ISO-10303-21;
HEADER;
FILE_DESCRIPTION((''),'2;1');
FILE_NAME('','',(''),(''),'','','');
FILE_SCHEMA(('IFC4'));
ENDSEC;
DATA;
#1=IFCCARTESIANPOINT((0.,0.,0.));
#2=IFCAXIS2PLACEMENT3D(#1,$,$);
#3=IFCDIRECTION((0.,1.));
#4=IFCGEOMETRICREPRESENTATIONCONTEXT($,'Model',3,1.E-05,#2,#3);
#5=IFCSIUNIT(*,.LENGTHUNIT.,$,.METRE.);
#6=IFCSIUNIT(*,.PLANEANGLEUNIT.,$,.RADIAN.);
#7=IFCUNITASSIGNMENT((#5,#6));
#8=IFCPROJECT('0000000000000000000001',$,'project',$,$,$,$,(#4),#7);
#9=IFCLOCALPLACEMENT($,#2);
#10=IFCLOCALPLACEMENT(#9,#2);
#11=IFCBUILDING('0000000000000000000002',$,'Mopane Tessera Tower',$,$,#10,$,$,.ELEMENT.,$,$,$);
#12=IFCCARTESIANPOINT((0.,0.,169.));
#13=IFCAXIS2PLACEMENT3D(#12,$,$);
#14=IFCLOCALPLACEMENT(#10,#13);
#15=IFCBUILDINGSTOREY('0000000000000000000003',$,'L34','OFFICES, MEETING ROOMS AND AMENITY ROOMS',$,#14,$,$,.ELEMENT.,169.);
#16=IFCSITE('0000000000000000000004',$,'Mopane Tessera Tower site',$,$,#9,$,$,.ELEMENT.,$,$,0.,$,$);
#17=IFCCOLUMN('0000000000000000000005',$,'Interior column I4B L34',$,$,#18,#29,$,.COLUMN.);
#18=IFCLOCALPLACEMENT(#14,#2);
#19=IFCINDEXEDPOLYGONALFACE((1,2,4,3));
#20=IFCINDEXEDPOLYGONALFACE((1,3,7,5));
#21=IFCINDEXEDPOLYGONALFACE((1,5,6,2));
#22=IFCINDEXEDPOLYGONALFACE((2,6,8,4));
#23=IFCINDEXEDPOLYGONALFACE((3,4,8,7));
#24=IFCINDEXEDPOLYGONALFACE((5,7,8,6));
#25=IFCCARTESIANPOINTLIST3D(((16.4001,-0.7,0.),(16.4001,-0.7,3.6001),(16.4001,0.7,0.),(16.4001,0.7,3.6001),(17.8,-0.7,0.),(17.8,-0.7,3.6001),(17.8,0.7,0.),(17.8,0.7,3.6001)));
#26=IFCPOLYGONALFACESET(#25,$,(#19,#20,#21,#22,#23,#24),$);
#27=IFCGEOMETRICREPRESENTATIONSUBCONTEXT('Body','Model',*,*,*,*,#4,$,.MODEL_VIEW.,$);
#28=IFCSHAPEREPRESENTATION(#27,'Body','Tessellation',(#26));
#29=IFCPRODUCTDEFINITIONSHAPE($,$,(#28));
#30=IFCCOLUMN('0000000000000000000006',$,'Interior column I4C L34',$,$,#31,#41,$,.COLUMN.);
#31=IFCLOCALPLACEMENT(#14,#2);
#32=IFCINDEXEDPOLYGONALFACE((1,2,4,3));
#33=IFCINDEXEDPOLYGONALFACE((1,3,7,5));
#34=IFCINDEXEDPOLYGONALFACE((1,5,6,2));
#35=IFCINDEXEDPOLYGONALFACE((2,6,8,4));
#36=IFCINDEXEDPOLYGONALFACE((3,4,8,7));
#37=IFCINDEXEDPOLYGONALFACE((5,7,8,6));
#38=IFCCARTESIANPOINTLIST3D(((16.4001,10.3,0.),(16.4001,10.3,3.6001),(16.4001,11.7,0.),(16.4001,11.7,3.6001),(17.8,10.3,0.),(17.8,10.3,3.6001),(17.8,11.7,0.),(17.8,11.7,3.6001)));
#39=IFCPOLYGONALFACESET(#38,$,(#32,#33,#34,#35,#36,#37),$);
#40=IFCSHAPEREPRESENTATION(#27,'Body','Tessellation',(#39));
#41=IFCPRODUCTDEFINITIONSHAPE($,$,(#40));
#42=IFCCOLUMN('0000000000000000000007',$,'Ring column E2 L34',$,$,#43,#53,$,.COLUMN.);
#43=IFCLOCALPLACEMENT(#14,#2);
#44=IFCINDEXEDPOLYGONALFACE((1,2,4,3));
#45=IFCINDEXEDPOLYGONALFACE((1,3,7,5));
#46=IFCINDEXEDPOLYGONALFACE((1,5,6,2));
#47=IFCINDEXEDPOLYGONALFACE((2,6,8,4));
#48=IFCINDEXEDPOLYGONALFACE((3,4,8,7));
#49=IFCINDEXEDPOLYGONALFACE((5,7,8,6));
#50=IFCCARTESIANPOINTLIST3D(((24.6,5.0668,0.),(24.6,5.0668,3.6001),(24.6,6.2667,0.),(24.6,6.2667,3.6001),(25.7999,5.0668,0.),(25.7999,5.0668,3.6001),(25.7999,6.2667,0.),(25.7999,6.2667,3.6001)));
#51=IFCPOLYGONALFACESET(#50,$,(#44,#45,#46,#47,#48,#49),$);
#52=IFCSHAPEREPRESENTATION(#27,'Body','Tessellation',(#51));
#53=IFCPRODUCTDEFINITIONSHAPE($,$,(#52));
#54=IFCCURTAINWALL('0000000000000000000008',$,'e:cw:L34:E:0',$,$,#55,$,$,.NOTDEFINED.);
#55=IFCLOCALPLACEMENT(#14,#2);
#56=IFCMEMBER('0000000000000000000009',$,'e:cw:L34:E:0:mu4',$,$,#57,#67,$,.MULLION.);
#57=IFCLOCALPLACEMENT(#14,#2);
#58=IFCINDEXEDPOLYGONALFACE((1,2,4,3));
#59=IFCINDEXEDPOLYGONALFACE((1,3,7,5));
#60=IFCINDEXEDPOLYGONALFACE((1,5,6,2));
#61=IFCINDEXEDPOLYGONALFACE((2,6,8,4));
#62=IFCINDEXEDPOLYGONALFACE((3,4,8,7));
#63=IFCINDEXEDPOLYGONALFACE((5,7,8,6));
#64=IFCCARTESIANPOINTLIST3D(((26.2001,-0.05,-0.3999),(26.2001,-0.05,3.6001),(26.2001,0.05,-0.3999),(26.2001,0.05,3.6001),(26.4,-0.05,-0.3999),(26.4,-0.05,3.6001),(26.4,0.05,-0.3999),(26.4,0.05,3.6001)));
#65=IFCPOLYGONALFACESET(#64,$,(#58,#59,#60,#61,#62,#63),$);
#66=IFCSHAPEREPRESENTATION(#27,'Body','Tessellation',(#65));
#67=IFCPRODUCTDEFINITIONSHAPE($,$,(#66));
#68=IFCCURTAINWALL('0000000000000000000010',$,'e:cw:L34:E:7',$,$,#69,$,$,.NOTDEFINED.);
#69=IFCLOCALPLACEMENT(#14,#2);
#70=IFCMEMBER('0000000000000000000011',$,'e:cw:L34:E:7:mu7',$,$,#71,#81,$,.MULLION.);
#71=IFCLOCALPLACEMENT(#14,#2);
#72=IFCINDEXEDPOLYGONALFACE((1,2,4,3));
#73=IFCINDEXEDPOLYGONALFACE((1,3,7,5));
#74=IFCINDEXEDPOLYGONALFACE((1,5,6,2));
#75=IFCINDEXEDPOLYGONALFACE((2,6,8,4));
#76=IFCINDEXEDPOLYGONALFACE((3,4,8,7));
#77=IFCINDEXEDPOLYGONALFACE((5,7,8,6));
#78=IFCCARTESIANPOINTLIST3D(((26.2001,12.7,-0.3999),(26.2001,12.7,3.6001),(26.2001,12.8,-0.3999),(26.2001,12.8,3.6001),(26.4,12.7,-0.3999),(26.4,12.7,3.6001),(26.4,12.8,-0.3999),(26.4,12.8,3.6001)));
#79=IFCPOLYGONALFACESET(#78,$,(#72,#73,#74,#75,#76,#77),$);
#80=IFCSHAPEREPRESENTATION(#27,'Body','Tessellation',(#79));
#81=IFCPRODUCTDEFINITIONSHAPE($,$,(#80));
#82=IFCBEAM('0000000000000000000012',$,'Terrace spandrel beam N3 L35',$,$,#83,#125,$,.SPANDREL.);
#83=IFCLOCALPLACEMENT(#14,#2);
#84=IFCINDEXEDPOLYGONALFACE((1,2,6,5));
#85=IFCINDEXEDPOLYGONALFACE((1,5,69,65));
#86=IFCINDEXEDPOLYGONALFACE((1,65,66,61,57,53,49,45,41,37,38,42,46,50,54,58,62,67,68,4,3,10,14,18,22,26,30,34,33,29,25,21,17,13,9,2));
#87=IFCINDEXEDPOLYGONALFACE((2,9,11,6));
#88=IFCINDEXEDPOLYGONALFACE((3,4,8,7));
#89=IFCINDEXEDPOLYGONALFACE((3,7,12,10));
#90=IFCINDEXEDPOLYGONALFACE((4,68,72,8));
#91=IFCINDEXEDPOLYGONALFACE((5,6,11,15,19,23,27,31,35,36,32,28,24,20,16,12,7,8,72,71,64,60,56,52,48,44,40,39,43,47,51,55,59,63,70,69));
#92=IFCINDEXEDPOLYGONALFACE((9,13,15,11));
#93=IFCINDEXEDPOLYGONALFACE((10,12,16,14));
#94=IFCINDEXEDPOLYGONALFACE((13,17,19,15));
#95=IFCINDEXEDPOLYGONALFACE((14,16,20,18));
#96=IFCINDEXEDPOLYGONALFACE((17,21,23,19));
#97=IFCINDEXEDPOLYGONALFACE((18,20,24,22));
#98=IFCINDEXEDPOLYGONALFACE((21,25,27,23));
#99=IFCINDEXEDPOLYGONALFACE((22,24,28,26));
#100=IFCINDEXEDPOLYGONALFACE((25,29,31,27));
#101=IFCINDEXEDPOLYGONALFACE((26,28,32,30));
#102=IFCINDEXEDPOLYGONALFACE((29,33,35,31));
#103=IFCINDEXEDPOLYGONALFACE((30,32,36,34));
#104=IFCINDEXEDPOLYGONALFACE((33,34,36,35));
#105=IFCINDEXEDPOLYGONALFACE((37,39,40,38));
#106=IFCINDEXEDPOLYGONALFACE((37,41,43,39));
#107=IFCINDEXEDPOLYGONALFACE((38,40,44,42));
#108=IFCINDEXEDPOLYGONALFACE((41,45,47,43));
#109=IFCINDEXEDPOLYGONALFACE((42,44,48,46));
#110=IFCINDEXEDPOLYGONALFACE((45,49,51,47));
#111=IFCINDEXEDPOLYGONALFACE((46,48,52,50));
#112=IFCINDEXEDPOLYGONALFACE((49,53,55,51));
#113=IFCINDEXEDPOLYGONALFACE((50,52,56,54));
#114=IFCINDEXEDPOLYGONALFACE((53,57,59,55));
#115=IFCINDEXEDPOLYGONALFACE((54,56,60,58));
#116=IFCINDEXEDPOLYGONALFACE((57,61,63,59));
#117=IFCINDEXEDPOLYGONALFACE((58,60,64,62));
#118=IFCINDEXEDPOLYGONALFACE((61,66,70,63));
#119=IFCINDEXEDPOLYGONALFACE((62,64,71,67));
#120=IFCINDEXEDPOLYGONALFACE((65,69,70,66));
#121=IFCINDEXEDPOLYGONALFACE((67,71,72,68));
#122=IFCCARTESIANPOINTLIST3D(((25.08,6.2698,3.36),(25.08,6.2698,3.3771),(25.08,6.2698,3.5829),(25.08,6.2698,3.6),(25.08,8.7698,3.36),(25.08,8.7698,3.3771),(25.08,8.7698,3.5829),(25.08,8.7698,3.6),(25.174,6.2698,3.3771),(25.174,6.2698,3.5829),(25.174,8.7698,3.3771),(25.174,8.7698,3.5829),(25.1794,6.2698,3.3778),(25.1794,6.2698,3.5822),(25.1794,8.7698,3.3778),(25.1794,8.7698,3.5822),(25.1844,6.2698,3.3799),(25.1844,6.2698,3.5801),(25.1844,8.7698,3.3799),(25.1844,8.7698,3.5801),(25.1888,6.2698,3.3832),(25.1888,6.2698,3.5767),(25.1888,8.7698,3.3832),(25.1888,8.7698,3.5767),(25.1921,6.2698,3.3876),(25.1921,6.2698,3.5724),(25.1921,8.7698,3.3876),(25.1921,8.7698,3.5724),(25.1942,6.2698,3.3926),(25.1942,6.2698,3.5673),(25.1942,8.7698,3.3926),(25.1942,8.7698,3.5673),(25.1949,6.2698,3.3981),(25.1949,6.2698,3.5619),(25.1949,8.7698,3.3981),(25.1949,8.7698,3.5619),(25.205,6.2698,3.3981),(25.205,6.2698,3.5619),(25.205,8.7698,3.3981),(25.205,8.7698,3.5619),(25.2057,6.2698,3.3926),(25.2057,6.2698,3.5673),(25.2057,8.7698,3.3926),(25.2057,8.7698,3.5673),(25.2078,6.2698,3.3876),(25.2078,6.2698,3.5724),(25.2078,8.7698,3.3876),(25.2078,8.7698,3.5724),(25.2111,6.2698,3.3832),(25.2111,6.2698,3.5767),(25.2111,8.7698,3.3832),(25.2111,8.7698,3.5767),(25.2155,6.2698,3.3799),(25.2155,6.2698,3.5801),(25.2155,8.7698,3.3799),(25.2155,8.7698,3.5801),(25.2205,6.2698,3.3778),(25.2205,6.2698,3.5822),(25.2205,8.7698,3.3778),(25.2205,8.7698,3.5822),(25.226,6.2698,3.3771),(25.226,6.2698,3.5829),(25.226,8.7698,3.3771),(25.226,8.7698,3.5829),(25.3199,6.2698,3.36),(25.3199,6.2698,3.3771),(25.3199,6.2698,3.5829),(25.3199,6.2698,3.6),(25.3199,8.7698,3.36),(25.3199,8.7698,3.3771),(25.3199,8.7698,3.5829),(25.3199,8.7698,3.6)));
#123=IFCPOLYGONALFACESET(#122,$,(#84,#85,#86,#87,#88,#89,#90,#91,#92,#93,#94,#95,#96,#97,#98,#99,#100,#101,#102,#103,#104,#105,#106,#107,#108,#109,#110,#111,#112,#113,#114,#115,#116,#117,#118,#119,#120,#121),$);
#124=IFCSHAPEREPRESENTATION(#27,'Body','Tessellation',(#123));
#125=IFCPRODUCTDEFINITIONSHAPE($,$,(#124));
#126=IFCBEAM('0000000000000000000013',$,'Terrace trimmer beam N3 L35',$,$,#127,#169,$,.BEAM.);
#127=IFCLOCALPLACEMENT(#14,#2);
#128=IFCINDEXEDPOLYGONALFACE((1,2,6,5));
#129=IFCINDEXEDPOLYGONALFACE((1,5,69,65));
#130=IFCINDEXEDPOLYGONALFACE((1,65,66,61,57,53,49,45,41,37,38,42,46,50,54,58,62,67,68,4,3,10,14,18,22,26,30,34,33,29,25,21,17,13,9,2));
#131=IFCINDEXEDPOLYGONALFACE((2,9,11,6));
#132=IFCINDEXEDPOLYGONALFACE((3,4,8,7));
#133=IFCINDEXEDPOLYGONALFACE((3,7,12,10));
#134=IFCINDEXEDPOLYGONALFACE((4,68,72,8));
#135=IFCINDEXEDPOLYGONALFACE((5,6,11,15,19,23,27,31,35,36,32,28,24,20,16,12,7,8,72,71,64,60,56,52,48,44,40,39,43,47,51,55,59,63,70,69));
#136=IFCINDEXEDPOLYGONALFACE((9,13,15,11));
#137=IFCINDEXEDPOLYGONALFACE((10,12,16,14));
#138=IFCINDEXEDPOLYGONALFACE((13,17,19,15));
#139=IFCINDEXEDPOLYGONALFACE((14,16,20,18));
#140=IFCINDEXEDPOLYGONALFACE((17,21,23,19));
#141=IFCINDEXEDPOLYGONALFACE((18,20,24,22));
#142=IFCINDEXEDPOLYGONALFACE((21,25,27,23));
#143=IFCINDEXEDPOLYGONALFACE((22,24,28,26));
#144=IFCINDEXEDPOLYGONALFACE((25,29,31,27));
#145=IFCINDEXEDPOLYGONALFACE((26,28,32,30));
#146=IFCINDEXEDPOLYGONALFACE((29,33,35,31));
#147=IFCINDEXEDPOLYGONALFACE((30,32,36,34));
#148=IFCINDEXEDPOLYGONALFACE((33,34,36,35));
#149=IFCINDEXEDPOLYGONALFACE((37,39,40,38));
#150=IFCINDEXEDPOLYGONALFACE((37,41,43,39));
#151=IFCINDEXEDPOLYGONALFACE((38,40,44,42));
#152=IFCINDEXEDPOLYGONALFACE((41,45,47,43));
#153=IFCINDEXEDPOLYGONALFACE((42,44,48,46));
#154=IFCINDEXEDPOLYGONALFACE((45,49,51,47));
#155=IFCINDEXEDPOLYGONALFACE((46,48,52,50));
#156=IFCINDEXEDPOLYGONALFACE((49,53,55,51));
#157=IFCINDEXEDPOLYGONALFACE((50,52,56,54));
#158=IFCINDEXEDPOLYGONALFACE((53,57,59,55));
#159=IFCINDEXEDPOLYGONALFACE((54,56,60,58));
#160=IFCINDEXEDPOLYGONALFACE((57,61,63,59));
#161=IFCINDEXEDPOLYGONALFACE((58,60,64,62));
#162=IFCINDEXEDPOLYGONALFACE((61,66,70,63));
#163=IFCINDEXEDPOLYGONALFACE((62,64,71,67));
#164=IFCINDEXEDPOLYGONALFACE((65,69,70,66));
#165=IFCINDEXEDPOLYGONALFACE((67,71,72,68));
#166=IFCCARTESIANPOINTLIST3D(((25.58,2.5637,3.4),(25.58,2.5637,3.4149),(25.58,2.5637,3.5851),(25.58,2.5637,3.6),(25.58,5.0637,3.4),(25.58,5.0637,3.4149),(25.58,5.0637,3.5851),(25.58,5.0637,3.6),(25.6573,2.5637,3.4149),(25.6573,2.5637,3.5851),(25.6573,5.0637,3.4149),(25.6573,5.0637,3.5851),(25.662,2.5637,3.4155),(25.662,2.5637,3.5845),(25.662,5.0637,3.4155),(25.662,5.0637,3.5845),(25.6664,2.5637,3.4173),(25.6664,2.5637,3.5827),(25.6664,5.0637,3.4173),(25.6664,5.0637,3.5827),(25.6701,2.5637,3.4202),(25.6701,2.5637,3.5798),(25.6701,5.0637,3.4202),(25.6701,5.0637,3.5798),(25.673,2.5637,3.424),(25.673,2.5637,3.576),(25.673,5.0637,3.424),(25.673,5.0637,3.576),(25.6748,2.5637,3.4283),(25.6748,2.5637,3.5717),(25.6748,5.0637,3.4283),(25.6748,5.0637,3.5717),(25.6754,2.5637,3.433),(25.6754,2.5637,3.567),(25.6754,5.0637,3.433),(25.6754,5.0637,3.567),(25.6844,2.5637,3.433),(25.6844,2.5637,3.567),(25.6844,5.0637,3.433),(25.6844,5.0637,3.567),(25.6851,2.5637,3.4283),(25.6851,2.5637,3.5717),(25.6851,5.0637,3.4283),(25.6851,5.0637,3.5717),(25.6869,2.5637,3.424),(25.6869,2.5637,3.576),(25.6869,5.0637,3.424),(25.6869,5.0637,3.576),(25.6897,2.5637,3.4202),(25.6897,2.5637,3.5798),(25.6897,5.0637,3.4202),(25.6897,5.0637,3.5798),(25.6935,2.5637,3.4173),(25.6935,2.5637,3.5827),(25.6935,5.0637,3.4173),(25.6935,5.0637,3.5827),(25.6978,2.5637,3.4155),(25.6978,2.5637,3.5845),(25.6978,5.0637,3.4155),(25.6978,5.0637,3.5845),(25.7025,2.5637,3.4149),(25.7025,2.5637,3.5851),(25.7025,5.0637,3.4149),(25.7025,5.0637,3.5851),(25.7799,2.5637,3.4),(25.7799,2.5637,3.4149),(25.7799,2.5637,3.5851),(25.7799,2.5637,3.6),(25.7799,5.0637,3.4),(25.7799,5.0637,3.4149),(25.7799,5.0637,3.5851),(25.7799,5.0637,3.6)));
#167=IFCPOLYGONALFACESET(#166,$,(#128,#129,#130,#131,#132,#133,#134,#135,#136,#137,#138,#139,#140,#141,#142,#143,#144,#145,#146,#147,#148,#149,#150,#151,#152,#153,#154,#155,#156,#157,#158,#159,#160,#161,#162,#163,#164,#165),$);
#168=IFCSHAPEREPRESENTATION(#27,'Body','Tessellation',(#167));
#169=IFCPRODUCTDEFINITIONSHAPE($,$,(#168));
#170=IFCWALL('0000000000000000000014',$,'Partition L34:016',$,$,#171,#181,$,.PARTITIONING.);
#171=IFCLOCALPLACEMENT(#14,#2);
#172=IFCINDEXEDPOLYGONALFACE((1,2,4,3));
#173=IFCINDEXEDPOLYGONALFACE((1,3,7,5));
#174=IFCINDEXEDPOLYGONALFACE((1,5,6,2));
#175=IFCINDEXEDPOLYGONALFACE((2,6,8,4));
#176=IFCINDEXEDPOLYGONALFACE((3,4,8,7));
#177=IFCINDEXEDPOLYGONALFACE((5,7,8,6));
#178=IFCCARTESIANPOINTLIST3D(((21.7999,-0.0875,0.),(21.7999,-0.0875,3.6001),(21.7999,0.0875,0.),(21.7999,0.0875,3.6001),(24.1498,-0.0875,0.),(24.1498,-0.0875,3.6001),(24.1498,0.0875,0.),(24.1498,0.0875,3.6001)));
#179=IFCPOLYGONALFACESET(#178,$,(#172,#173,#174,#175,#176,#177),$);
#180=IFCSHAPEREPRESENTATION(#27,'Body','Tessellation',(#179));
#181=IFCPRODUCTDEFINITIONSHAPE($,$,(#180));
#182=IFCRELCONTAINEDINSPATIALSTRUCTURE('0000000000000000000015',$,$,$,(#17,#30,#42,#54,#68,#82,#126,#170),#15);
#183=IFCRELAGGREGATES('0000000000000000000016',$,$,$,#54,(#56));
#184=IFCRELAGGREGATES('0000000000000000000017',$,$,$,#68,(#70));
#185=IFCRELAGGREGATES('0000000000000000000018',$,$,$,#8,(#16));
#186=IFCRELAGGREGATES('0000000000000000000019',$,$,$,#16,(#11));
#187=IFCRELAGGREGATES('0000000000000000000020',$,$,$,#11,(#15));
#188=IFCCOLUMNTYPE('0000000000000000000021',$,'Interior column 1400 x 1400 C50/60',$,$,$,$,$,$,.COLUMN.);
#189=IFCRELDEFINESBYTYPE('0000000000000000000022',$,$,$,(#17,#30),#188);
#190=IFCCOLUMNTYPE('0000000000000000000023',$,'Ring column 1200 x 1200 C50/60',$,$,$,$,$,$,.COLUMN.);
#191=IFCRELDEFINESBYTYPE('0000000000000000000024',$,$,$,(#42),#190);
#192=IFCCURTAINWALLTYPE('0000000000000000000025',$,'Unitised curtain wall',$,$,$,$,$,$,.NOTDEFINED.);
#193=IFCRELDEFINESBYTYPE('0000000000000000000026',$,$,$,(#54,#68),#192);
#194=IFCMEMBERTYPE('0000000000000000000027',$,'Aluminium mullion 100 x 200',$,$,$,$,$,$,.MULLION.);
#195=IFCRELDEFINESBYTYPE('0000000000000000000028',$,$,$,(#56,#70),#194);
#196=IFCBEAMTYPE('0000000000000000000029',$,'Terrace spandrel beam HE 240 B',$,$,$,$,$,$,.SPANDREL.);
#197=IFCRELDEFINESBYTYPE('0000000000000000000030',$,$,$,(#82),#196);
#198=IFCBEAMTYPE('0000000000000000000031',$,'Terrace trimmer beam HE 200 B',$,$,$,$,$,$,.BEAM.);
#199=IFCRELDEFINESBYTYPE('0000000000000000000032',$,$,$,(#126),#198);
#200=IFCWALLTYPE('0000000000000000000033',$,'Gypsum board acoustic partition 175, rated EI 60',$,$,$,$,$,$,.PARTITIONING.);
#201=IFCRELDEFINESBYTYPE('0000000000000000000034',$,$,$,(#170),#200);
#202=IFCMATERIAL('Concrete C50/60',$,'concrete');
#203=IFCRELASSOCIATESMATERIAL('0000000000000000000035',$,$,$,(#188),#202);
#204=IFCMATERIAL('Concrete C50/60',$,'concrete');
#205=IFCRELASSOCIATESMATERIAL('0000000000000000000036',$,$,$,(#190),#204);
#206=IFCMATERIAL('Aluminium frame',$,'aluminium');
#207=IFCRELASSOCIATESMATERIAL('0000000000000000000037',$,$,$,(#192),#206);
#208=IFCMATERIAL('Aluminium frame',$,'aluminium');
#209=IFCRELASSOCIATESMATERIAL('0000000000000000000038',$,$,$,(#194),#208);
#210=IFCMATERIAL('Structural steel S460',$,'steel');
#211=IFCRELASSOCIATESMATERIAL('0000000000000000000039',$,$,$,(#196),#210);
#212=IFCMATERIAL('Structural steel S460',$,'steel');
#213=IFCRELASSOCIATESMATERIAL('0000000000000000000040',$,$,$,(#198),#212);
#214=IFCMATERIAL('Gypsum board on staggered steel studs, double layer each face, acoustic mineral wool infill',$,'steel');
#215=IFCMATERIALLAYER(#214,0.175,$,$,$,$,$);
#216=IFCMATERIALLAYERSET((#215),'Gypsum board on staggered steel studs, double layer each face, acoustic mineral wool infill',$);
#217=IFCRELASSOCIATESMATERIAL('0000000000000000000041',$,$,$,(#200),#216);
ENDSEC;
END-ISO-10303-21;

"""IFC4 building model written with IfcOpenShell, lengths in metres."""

from ifc_helpers import new_model, si_unit, direction, frame, frame_2d, origin, origin_2d, place, context, subcontext, project, spatial, rectangle, i_section, extrude, material, layer, layer_set, material_profile, profile_set, type_object, element, aggregate, save


model = new_model("IFC4")

# Units and contexts
model_context = context("Model", 3, precision=1e-05, world=origin(), true_north=direction((0.0, 1.0)))
body_context = subcontext(model_context, "Body", "Model", "MODEL_VIEW")
ifc_project = project(units=[si_unit("LENGTHUNIT", "METRE"), si_unit("PLANEANGLEUNIT", "RADIAN")], contexts=[model_context])

# Site, building, storey
site_placement = place(None, origin())
site = spatial("IfcSite", under=ifc_project, at=site_placement, Name="Mopane Tessera Tower site", CompositionType="ELEMENT", RefElevation=0.0)
building_placement = place(site_placement, origin())
building = spatial("IfcBuilding", under=site, at=building_placement, Name="Mopane Tessera Tower", CompositionType="ELEMENT")
storey_placement = place(building_placement, frame((0.0, 0.0, 169.0)))
storey = spatial("IfcBuildingStorey", under=building, at=storey_placement, Name="L34", Description="OFFICES, MEETING ROOMS AND AMENITY ROOMS", CompositionType="ELEMENT", Elevation=169.0)

# Columns
ifc_material_1 = material(Name="Concrete C50/60", Category="concrete")
ifc_material_profile_1 = material_profile(ifc_material_1, rectangle(XDim=1.3999, YDim=1.3999, at=origin_2d()))
ifc_profile_set_1 = profile_set([ifc_material_profile_1], Name="Concrete C50/60")
column_type_1 = type_object("IfcColumnType", Name="Interior column 1400 x 1400 C50/60", PredefinedType="COLUMN", material=ifc_profile_set_1)
for number, where, z_axis, x_axis, name in (
    (1, (17.1001, 0.0, 0.0), (0.0, 0.0, 1.0), (1.0, 0.0, 0.0), "Interior column I4B L34"),
    (2, (17.1001, 11.0, 0.0), (0.0, 0.0, 1.0), (1.0, 0.0, 0.0), "Interior column I4C L34"),
):
    element("IfcColumn", number, at=place(storey_placement, frame(where, z_axis=z_axis, x_axis=x_axis)), inside=storey, type_object=column_type_1, Name=name, PredefinedType="COLUMN", context=body_context, shape_type="SweptSolid", body=[
        extrude(rectangle(XDim=1.3999, YDim=1.3999, at=origin_2d()), origin(), (0.0, 0.0, 1.0), 3.6001),
    ])
ifc_material_2 = material(Name="Concrete C50/60", Category="concrete")
ifc_material_profile_2 = material_profile(ifc_material_2, rectangle(XDim=1.2, YDim=1.2, at=origin_2d()))
ifc_profile_set_2 = profile_set([ifc_material_profile_2], Name="Concrete C50/60")
column_type_2 = type_object("IfcColumnType", Name="Ring column 1200 x 1200 C50/60", PredefinedType="COLUMN", material=ifc_profile_set_2)
column_placement = place(storey_placement, frame((25.2, 5.6667, 0.0), z_axis=(0.0, 0.0, 1.0), x_axis=(1.0, 0.0, 0.0)))
element("IfcColumn", 3, at=column_placement, inside=storey, type_object=column_type_2, Name="Ring column E2 L34", PredefinedType="COLUMN", context=body_context, shape_type="SweptSolid", body=[
    extrude(rectangle(XDim=1.2, YDim=1.2, at=origin_2d()), origin(), (0.0, 0.0, 1.0), 3.6001),
])

# Curtain walls, members
ifc_material_3 = material(Name="Aluminium frame", Category="aluminium")
curtain_wall_type = type_object("IfcCurtainWallType", Name="Unitised curtain wall", PredefinedType="NOTDEFINED", material=ifc_material_3)
curtain_wall_1_placement = place(storey_placement, origin())
curtain_wall_1 = element("IfcCurtainWall", 4, at=curtain_wall_1_placement, inside=storey, type_object=curtain_wall_type, Name="e:cw:L34:E:0", PredefinedType="NOTDEFINED")
ifc_material_4 = material(Name="Aluminium frame", Category="aluminium")
ifc_material_profile_3 = material_profile(ifc_material_4, rectangle(XDim=0.1001, YDim=0.2, at=origin_2d()))
ifc_profile_set_3 = profile_set([ifc_material_profile_3], Name="Aluminium frame")
member_type = type_object("IfcMemberType", Name="Aluminium mullion 100 x 200", PredefinedType="MULLION", material=ifc_profile_set_3)
member_1_placement = place(storey_placement, frame((26.3, 0.0, -0.3999), z_axis=(0.0, 0.0, 1.0), x_axis=(0.0, 1.0, 0.0)))
member_1 = element("IfcMember", 5, at=member_1_placement, type_object=member_type, Name="e:cw:L34:E:0:mu4", PredefinedType="MULLION", context=body_context, shape_type="SweptSolid", body=[
    extrude(rectangle(XDim=0.1001, YDim=0.2, at=origin_2d()), origin(), (0.0, 0.0, 1.0), 4.0),
])
aggregate(curtain_wall_1, [member_1])
curtain_wall_2_placement = place(storey_placement, origin())
curtain_wall_2 = element("IfcCurtainWall", 6, at=curtain_wall_2_placement, inside=storey, type_object=curtain_wall_type, Name="e:cw:L34:E:7", PredefinedType="NOTDEFINED")
member_2_placement = place(storey_placement, frame((26.3, 12.75, -0.3999), z_axis=(0.0, 0.0, 1.0), x_axis=(0.0, 1.0, 0.0)))
member_2 = element("IfcMember", 7, at=member_2_placement, type_object=member_type, Name="e:cw:L34:E:7:mu7", PredefinedType="MULLION", context=body_context, shape_type="SweptSolid", body=[
    extrude(rectangle(XDim=0.1001, YDim=0.2, at=origin_2d()), origin(), (0.0, 0.0, 1.0), 4.0),
])
aggregate(curtain_wall_2, [member_2])

# Beams
ifc_material_5 = material(Name="Structural steel S460", Category="steel")
ifc_material_profile_4 = material_profile(ifc_material_5, i_section(OverallWidth=0.24, OverallDepth=0.24, WebThickness=0.01, FlangeThickness=0.0171, FilletRadius=0.021, at=origin_2d()))
ifc_profile_set_4 = profile_set([ifc_material_profile_4], Name="Structural steel S460")
beam_type_1 = type_object("IfcBeamType", Name="Terrace spandrel beam HE 240 B", PredefinedType="SPANDREL", material=ifc_profile_set_4)
beam_1_placement = place(storey_placement, frame((25.2, 6.2698, 3.48), z_axis=(0.0, 1.0, 0.0), x_axis=(-1.0, 0.0, 0.0)))
element("IfcBeam", 8, at=beam_1_placement, inside=storey, type_object=beam_type_1, Name="Terrace spandrel beam N3 L35", PredefinedType="SPANDREL", context=body_context, shape_type="SweptSolid", body=[
    extrude(i_section(OverallWidth=0.24, OverallDepth=0.24, WebThickness=0.01, FlangeThickness=0.0171, FilletRadius=0.021, at=origin_2d()), origin(), (0.0, 0.0, 1.0), 2.5),
])
ifc_material_6 = material(Name="Structural steel S460", Category="steel")
ifc_material_profile_5 = material_profile(ifc_material_6, i_section(OverallWidth=0.2, OverallDepth=0.2, WebThickness=0.009, FlangeThickness=0.0149, FilletRadius=0.0181, at=origin_2d()))
ifc_profile_set_5 = profile_set([ifc_material_profile_5], Name="Structural steel S460")
beam_type_2 = type_object("IfcBeamType", Name="Terrace trimmer beam HE 200 B", PredefinedType="BEAM", material=ifc_profile_set_5)
beam_2_placement = place(storey_placement, frame((25.6799, 5.0637, 3.5), z_axis=(0.0, -1.0, 0.0), x_axis=(1.0, 0.0, 0.0)))
element("IfcBeam", 9, at=beam_2_placement, inside=storey, type_object=beam_type_2, Name="Terrace trimmer beam N3 L35", PredefinedType="BEAM", context=body_context, shape_type="SweptSolid", body=[
    extrude(i_section(OverallWidth=0.2, OverallDepth=0.2, WebThickness=0.009, FlangeThickness=0.0149, FilletRadius=0.0181, at=origin_2d()), origin(), (0.0, 0.0, 1.0), 2.5),
])

# Wall
ifc_material_7 = material(Name="Gypsum board on staggered steel studs, double layer each face, acoustic mineral wool infill", Category="steel")
ifc_layer_1 = layer(ifc_material_7, 0.175)
ifc_layer_set_1 = layer_set([ifc_layer_1], Name="Gypsum board on staggered steel studs, double layer each face, acoustic mineral wool infill")
wall_type_1 = type_object("IfcWallType", Name="Gypsum board acoustic partition 175, rated EI 60", PredefinedType="PARTITIONING", material=ifc_layer_set_1)
wall_1_placement = place(storey_placement, frame((21.8, 0.0, 0.0), z_axis=(0.0, 0.0, 1.0), x_axis=(1.0, 0.0, 0.0)))
element("IfcWall", 10, at=wall_1_placement, inside=storey, type_object=wall_type_1, Name="Partition L34:016", PredefinedType="PARTITIONING", context=body_context, shape_type="SweptSolid", body=[
    extrude(rectangle(XDim=2.3499, YDim=0.175, at=frame_2d((1.1748, 0.0))), origin(), (0.0, 0.0, 1.0), 3.6001),
])

save(model, "model.ifc")
